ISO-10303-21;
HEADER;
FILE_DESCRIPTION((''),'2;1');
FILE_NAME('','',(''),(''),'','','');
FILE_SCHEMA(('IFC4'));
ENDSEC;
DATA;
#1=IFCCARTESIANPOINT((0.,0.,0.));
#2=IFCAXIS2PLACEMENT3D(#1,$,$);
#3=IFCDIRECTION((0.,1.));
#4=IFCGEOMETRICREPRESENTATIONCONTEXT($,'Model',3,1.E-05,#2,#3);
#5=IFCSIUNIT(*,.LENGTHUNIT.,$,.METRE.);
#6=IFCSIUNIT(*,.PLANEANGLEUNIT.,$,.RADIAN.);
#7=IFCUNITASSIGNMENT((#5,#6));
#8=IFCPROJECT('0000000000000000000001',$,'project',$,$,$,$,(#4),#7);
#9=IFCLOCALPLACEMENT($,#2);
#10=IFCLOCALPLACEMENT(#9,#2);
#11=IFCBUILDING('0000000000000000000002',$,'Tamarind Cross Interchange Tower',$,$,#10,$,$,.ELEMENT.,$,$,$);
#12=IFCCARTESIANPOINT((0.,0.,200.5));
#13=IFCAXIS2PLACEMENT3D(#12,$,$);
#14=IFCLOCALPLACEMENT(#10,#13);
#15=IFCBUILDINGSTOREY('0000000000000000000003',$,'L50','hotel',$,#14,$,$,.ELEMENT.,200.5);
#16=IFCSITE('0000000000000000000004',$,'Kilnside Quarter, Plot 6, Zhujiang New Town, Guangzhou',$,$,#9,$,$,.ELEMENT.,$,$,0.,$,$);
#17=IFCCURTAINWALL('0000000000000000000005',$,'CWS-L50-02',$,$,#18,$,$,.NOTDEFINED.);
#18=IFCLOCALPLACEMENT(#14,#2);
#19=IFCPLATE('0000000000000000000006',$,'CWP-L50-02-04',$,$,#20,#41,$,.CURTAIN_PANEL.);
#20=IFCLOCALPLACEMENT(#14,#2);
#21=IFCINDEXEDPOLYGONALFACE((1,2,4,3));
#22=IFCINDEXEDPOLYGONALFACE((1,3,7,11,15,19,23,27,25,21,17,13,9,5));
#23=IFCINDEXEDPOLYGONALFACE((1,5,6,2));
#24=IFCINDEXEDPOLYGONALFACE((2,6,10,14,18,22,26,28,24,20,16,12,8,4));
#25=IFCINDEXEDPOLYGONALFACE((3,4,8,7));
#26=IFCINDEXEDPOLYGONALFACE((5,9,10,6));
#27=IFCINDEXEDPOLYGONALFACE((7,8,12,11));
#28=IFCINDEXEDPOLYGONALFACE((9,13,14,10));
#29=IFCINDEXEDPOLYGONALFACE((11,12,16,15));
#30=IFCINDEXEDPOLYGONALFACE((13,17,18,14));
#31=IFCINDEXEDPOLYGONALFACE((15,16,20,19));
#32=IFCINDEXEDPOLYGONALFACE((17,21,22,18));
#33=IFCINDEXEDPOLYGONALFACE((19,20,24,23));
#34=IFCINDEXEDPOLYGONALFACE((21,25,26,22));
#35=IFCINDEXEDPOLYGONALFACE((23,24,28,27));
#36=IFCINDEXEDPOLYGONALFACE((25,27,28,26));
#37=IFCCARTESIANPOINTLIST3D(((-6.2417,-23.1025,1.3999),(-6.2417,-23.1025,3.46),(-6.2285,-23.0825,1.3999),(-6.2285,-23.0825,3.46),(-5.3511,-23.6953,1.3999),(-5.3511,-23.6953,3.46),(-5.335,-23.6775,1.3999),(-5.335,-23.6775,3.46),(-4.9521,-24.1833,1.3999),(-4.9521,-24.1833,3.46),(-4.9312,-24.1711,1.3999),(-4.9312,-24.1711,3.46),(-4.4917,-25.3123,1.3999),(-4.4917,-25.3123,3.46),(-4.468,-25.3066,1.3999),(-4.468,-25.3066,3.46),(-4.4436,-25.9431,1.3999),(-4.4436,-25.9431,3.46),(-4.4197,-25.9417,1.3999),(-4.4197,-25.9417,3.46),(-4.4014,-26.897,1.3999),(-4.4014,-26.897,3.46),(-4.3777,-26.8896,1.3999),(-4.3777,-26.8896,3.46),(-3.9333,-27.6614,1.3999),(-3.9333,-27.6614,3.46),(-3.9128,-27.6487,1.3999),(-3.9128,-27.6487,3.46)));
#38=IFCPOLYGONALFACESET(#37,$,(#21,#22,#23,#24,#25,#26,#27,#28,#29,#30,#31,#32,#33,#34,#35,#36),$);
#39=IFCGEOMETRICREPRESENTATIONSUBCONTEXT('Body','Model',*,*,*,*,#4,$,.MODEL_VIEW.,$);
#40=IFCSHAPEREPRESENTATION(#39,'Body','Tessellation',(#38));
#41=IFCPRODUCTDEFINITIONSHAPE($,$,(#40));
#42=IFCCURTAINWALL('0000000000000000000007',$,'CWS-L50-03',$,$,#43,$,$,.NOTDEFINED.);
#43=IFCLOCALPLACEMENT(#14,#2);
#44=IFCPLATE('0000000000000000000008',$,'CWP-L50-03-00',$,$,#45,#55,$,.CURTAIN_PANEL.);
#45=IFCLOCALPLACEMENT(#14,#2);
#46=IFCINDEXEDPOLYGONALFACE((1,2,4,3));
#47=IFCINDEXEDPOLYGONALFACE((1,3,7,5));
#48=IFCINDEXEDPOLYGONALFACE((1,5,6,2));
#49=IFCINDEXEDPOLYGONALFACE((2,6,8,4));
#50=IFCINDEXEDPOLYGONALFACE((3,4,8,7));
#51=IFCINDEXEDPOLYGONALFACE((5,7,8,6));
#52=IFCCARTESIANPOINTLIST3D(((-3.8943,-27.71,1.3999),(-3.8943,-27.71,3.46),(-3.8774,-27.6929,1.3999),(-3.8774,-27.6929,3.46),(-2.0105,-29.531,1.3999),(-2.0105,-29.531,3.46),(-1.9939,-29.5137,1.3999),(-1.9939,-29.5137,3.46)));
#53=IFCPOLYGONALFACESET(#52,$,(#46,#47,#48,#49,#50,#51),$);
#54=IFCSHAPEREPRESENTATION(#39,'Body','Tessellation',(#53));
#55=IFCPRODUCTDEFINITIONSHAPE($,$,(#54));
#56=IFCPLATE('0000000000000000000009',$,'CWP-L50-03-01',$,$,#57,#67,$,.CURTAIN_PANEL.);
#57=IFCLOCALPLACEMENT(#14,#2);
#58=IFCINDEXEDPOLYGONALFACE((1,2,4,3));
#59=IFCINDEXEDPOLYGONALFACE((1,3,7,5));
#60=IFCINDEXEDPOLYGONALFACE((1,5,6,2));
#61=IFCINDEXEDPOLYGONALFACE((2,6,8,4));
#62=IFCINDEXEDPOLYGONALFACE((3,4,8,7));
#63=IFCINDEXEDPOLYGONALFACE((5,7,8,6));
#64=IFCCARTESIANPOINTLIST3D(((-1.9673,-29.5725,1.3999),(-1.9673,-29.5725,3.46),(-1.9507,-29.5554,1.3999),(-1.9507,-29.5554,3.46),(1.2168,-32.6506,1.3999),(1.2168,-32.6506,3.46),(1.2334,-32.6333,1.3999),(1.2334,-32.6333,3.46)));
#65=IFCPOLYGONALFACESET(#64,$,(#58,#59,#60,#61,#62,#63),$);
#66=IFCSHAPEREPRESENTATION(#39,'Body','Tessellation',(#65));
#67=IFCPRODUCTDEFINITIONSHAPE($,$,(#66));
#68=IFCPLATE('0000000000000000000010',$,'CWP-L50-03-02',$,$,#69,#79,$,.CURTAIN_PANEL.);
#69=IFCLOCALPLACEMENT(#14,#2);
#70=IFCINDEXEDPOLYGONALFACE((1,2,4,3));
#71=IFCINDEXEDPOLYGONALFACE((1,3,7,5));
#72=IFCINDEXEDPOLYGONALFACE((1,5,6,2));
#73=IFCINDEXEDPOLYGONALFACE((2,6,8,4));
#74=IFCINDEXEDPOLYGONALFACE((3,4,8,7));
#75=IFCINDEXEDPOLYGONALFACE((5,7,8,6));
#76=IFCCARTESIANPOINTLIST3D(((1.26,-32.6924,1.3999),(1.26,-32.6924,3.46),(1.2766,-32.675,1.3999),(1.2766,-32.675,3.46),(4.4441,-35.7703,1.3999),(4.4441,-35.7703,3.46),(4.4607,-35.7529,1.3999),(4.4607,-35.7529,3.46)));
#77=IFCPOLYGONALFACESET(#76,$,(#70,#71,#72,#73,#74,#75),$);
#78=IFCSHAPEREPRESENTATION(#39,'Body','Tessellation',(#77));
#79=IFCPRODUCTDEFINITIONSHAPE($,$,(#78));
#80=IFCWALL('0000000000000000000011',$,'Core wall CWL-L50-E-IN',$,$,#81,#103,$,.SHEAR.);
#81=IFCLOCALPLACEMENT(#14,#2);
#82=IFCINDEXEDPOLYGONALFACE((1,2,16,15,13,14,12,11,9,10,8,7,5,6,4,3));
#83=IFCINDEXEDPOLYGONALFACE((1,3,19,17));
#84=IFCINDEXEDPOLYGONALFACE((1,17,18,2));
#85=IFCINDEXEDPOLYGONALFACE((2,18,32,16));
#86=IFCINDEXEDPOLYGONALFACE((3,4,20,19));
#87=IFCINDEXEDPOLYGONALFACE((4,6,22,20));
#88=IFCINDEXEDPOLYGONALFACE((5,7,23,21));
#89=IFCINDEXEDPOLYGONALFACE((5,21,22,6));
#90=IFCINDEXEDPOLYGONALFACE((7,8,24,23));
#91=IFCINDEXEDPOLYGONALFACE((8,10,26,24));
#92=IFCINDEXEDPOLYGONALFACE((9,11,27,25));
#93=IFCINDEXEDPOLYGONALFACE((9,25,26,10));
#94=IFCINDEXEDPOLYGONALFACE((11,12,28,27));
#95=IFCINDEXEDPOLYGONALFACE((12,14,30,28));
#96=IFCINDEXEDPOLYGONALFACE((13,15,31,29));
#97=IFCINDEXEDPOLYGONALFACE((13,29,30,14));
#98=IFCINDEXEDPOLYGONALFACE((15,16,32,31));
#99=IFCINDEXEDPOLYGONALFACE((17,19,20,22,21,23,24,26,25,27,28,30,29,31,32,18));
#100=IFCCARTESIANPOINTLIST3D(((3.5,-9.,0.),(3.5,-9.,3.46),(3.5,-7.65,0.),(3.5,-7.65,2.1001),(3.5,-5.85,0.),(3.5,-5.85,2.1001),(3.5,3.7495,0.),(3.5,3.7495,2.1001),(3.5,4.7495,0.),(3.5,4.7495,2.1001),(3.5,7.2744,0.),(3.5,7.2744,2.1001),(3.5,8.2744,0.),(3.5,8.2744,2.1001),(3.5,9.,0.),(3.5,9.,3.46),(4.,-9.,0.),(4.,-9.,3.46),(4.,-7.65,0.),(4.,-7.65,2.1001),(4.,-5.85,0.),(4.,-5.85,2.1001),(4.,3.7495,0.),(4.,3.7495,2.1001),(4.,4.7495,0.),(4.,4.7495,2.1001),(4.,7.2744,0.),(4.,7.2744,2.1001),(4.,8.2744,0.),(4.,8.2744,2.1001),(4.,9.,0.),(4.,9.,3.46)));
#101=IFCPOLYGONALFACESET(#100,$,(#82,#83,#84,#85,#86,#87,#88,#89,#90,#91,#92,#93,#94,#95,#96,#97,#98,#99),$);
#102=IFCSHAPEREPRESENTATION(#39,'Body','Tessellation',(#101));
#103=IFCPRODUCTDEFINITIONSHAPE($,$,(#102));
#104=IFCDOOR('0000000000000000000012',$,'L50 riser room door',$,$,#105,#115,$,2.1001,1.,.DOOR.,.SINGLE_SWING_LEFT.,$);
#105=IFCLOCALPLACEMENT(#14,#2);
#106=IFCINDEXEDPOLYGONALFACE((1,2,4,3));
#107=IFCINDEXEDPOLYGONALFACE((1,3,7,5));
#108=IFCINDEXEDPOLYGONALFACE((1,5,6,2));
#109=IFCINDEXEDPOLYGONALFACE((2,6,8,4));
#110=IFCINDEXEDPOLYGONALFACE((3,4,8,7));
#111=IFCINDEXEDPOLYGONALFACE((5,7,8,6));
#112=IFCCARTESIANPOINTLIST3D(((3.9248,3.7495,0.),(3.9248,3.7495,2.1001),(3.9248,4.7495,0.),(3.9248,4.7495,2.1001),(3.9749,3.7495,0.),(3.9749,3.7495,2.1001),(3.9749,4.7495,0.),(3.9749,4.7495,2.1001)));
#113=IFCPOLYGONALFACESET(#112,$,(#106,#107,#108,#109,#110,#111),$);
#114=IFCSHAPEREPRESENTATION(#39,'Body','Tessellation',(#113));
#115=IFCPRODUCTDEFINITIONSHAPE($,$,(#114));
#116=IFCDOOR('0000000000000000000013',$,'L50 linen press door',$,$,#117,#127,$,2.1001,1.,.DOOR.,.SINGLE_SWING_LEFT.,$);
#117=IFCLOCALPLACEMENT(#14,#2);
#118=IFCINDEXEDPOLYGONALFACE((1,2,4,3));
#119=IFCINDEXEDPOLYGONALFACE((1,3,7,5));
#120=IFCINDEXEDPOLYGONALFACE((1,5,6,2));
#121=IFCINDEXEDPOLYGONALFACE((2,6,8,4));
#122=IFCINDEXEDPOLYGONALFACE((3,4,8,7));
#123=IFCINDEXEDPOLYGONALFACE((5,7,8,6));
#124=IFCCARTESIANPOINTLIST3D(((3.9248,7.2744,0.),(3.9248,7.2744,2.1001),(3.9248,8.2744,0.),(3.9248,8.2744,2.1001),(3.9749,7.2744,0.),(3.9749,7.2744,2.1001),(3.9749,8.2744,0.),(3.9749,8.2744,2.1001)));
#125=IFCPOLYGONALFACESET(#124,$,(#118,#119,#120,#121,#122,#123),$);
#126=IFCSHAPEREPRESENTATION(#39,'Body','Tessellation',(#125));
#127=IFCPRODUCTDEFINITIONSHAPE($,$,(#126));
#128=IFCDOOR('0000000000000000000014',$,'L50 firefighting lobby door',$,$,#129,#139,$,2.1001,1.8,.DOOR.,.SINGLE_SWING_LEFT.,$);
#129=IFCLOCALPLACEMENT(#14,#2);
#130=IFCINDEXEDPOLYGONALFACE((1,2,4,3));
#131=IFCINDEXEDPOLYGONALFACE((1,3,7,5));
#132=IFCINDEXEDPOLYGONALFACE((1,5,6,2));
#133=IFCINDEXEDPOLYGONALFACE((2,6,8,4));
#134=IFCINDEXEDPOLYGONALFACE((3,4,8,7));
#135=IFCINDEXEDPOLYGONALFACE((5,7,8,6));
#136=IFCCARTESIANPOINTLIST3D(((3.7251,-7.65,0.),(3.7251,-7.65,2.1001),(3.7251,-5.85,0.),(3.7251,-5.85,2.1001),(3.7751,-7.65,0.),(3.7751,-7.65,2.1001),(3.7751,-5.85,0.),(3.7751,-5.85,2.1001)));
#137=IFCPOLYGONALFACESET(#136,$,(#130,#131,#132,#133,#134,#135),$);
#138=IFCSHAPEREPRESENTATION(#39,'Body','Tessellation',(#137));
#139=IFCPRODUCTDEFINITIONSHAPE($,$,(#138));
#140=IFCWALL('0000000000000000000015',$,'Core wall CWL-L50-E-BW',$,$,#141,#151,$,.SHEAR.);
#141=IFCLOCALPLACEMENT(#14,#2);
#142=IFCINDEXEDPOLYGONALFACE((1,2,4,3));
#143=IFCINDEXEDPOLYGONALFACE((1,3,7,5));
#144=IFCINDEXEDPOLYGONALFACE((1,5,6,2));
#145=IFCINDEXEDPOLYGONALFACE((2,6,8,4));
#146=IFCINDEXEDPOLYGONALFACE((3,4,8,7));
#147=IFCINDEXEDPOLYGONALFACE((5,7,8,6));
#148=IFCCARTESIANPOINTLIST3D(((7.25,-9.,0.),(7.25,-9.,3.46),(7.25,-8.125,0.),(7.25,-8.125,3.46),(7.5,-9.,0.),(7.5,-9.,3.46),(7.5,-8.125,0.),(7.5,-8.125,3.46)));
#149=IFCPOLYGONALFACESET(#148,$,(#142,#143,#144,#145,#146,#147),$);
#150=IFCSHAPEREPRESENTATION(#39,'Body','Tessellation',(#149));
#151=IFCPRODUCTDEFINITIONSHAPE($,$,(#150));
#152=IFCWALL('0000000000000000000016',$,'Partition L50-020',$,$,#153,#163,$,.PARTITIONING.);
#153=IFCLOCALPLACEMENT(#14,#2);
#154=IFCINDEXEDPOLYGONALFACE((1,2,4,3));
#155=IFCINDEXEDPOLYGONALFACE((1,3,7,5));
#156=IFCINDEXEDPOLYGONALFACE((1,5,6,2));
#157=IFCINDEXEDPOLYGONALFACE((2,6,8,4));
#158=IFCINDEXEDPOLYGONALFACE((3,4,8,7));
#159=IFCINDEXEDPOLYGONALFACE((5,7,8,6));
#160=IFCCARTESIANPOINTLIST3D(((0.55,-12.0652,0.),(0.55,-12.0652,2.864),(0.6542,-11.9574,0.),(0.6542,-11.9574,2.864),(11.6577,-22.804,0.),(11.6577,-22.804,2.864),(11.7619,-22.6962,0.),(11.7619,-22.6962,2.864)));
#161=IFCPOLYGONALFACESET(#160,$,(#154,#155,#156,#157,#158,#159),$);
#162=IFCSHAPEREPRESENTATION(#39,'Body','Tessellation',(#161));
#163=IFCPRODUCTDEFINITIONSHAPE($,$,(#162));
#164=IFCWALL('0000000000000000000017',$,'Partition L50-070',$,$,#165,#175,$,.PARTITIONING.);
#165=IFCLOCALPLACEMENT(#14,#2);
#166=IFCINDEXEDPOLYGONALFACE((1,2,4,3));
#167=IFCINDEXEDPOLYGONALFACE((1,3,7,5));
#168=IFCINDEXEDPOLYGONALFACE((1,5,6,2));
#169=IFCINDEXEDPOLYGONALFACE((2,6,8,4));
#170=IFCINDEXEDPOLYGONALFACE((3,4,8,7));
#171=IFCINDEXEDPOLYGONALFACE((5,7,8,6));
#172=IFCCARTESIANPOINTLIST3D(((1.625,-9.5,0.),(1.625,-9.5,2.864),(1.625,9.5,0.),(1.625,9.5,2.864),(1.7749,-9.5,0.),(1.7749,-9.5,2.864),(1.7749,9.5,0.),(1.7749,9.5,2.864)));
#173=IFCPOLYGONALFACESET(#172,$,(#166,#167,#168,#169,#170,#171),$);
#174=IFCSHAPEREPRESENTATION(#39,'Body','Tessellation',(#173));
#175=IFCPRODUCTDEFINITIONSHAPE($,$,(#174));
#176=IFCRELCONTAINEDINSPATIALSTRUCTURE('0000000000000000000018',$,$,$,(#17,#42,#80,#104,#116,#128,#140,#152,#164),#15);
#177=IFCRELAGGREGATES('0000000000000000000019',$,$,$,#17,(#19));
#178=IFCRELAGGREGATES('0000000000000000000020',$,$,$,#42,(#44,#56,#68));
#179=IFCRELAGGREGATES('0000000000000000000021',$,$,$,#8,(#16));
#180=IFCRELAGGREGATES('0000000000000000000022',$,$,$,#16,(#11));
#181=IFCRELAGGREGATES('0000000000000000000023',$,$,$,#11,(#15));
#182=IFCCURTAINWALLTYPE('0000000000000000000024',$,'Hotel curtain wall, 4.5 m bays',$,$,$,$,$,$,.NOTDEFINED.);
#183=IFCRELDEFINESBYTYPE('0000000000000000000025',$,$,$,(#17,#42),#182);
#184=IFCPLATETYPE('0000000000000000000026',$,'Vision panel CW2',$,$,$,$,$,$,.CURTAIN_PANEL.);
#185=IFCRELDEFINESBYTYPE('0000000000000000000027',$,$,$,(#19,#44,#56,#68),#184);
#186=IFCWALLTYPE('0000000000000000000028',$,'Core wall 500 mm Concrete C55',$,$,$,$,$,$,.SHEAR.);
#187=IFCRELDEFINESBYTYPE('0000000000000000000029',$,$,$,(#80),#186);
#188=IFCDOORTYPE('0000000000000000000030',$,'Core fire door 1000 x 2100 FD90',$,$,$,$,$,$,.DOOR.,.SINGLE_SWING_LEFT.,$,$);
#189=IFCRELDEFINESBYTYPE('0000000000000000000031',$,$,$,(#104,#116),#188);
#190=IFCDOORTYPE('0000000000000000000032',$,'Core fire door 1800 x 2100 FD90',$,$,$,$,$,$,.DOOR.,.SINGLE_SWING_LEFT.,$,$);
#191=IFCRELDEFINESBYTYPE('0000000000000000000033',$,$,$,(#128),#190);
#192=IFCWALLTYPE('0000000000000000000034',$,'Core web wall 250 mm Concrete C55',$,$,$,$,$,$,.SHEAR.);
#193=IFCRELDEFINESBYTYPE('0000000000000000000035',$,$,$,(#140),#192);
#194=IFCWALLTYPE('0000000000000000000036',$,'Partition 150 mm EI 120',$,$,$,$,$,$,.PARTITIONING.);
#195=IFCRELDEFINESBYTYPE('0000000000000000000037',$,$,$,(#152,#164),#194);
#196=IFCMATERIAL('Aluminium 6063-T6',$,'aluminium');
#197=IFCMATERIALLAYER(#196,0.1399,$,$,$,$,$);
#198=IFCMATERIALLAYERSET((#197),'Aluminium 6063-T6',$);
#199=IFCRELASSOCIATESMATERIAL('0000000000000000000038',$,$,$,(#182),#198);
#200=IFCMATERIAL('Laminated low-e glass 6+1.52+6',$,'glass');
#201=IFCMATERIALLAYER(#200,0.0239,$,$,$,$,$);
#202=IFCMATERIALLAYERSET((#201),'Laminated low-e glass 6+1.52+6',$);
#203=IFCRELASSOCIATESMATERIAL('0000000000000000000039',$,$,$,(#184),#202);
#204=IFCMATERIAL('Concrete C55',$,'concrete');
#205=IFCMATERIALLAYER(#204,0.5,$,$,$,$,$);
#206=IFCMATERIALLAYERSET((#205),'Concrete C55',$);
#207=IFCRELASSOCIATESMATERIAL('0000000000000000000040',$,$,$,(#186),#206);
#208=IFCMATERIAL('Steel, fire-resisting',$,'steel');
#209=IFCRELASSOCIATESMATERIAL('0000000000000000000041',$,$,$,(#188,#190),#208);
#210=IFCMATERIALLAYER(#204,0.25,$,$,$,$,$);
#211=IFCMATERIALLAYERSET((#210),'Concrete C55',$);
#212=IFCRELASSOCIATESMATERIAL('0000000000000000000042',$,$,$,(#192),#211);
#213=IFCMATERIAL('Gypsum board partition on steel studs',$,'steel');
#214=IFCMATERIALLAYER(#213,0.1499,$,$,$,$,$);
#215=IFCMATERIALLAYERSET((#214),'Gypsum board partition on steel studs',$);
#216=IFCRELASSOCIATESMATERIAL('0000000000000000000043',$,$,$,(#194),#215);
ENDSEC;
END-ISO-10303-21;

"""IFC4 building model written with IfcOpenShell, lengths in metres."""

from ifc_helpers import new_model, si_unit, direction, frame, frame_2d, origin, place, context, subcontext, project, spatial, polyline, rectangle, outline, extrude, material, layer, layer_set, type_object, element, fill, aggregate, save


model = new_model("IFC4")

# Units and contexts
model_context = context("Model", 3, precision=1e-05, world=origin(), true_north=direction((0.0, 1.0)))
body_context = subcontext(model_context, "Body", "Model", "MODEL_VIEW")
ifc_project = project(units=[si_unit("LENGTHUNIT", "METRE"), si_unit("PLANEANGLEUNIT", "RADIAN")], contexts=[model_context])

# Site, building, storey
site_placement = place(None, origin())
site = spatial("IfcSite", under=ifc_project, at=site_placement, Name="Kilnside Quarter, Plot 6, Zhujiang New Town, Guangzhou", CompositionType="ELEMENT", RefElevation=0.0)
building_placement = place(site_placement, origin())
building = spatial("IfcBuilding", under=site, at=building_placement, Name="Tamarind Cross Interchange Tower", CompositionType="ELEMENT")
storey_placement = place(building_placement, frame((0.0, 0.0, 200.5)))
storey = spatial("IfcBuildingStorey", under=building, at=storey_placement, Name="L50", Description="hotel", CompositionType="ELEMENT", Elevation=200.5)

# Shared definitions
ifc_material_1 = material(Name="Aluminium 6063-T6", Category="aluminium")
ifc_layer_1 = layer(ifc_material_1, 0.1399)
ifc_layer_set_1 = layer_set([ifc_layer_1], Name="Aluminium 6063-T6")
curtain_wall_type = type_object("IfcCurtainWallType", Name="Hotel curtain wall, 4.5 m bays", PredefinedType="NOTDEFINED", material=ifc_layer_set_1)

# Curtain wall
curtain_wall_1_placement = place(storey_placement, origin())
curtain_wall_1 = element("IfcCurtainWall", 1, at=curtain_wall_1_placement, inside=storey, type_object=curtain_wall_type, Name="CWS-L50-02", PredefinedType="NOTDEFINED")

# Plate
ifc_material_2 = material(Name="Laminated low-e glass 6+1.52+6", Category="glass")
ifc_layer_2 = layer(ifc_material_2, 0.0239)
ifc_layer_set_2 = layer_set([ifc_layer_2], Name="Laminated low-e glass 6+1.52+6")
plate_type = type_object("IfcPlateType", Name="Vision panel CW2", PredefinedType="CURTAIN_PANEL", material=ifc_layer_set_2)
plate_1_placement = place(storey_placement, frame((0.0, 0.0, 1.3999)))
plate_1 = element("IfcPlate", 2, at=plate_1_placement, type_object=plate_type, Name="CWP-L50-02-04", PredefinedType="CURTAIN_PANEL", context=body_context, shape_type="SweptSolid", body=[
    extrude(outline(polyline([(-6.2285, -23.0825), (-5.335, -23.6775), (-4.9312, -24.1711), (-4.468, -25.3066), (-4.4197, -25.9417), (-4.3777, -26.8896), (-3.9128, -27.6487), (-3.9333, -27.6614), (-4.4014, -26.897), (-4.4436, -25.9431), (-4.4917, -25.3123), (-4.9521, -24.1833), (-5.3511, -23.6953), (-6.2417, -23.1025), (-6.2285, -23.0825)])), origin(), (0.0, 0.0, 1.0), 2.0601),
])
aggregate(curtain_wall_1, [plate_1])

# Curtain wall, plates
curtain_wall_2_placement = place(storey_placement, origin())
curtain_wall_2 = element("IfcCurtainWall", 3, at=curtain_wall_2_placement, inside=storey, type_object=curtain_wall_type, Name="CWS-L50-03", PredefinedType="NOTDEFINED")
plate_2_placement = place(storey_placement, frame((0.0, 0.0, 1.3999)))
plate_2 = element("IfcPlate", 4, at=plate_2_placement, type_object=plate_type, Name="CWP-L50-03-00", PredefinedType="CURTAIN_PANEL", context=body_context, shape_type="SweptSolid", body=[
    extrude(outline(polyline([(-3.8774, -27.6929), (-1.9939, -29.5137), (-2.0105, -29.531), (-3.8943, -27.71), (-3.8774, -27.6929)])), origin(), (0.0, 0.0, 1.0), 2.0601),
])
plate_3_placement = place(storey_placement, frame((0.0, 0.0, 1.3999)))
plate_3 = element("IfcPlate", 5, at=plate_3_placement, type_object=plate_type, Name="CWP-L50-03-01", PredefinedType="CURTAIN_PANEL", context=body_context, shape_type="SweptSolid", body=[
    extrude(outline(polyline([(-1.9507, -29.5554), (1.2334, -32.6333), (1.2168, -32.6506), (-1.9673, -29.5725), (-1.9507, -29.5554)])), origin(), (0.0, 0.0, 1.0), 2.0601),
])
plate_4_placement = place(storey_placement, frame((0.0, 0.0, 1.3999)))
plate_4 = element("IfcPlate", 6, at=plate_4_placement, type_object=plate_type, Name="CWP-L50-03-02", PredefinedType="CURTAIN_PANEL", context=body_context, shape_type="SweptSolid", body=[
    extrude(outline(polyline([(1.2766, -32.675), (4.4607, -35.7529), (4.4441, -35.7703), (1.26, -32.6924), (1.2766, -32.675)])), origin(), (0.0, 0.0, 1.0), 2.0601),
])
aggregate(curtain_wall_2, [plate_2, plate_3, plate_4])

# Wall, openings, doors
ifc_material_3 = material(Name="Concrete C55", Category="concrete")
ifc_layer_3 = layer(ifc_material_3, 0.5)
ifc_layer_set_3 = layer_set([ifc_layer_3], Name="Concrete C55")
wall_type_1 = type_object("IfcWallType", Name="Core wall 500 mm Concrete C55", PredefinedType="SHEAR", material=ifc_layer_set_3)
wall_1_placement = place(storey_placement, frame((3.75, -9.0, 0.0), z_axis=(0.0, 0.0, 1.0), x_axis=(0.0, 1.0, 0.0)))
wall_1 = element("IfcWall", 7, at=wall_1_placement, inside=storey, type_object=wall_type_1, Name="Core wall CWL-L50-E-IN", PredefinedType="SHEAR", context=body_context, shape_type="SweptSolid", body=[
    extrude(rectangle(XDim=18.0, YDim=0.5, at=frame_2d((9.0, 0.0))), origin(), (0.0, 0.0, 1.0), 3.46),
])
opening_1_placement = place(wall_1_placement, frame((1.3501, 0.0, 0.0)))
opening_1 = element("IfcOpeningElement", 8, at=opening_1_placement, cuts=wall_1, PredefinedType="OPENING", context=body_context, shape_type="SweptSolid", body=[
    extrude(rectangle(XDim=1.8, YDim=2.1001, at=frame_2d((0.8999, 1.05))), frame((0.0, 0.26, 0.0), z_axis=(0.0, -1.0, 0.0), x_axis=(1.0, 0.0, 0.0)), (0.0, 0.0, 1.0), 0.52),
])
opening_2_placement = place(wall_1_placement, frame((12.7495, 0.0, 0.0)))
opening_2 = element("IfcOpeningElement", 9, at=opening_2_placement, cuts=wall_1, PredefinedType="OPENING", context=body_context, shape_type="SweptSolid", body=[
    extrude(rectangle(XDim=1.0, YDim=2.1001, at=frame_2d((0.5, 1.05))), frame((0.0, 0.26, 0.0), z_axis=(0.0, -1.0, 0.0), x_axis=(1.0, 0.0, 0.0)), (0.0, 0.0, 1.0), 0.52),
])
opening_3_placement = place(wall_1_placement, frame((16.2744, 0.0, 0.0)))
opening_3 = element("IfcOpeningElement", 10, at=opening_3_placement, cuts=wall_1, PredefinedType="OPENING", context=body_context, shape_type="SweptSolid", body=[
    extrude(rectangle(XDim=1.0, YDim=2.1001, at=frame_2d((0.5, 1.05))), frame((0.0, 0.26, 0.0), z_axis=(0.0, -1.0, 0.0), x_axis=(1.0, 0.0, 0.0)), (0.0, 0.0, 1.0), 0.52),
])
ifc_material_4 = material(Name="Steel, fire-resisting", Category="steel")
door_type_1 = type_object("IfcDoorType", Name="Core fire door 1000 x 2100 FD90", OperationType="SINGLE_SWING_LEFT", PredefinedType="DOOR", material=ifc_material_4)
door_1_placement = place(opening_2_placement, origin())
door_1 = element("IfcDoor", 11, at=door_1_placement, inside=storey, type_object=door_type_1, Name="L50 riser room door", OperationType="SINGLE_SWING_LEFT", OverallHeight=2.1001, OverallWidth=1.0, PredefinedType="DOOR", context=body_context, shape_type="SweptSolid", body=[
    extrude(rectangle(XDim=1.0, YDim=2.1001, at=frame_2d((0.5, 1.05))), frame((0.0, -0.1748, 0.0), z_axis=(0.0, -1.0, 0.0), x_axis=(1.0, 0.0, 0.0)), (0.0, 0.0, 1.0), 0.05),
])
fill(opening_2, door_1)
door_2_placement = place(opening_3_placement, origin())
door_2 = element("IfcDoor", 12, at=door_2_placement, inside=storey, type_object=door_type_1, Name="L50 linen press door", OperationType="SINGLE_SWING_LEFT", OverallHeight=2.1001, OverallWidth=1.0, PredefinedType="DOOR", context=body_context, shape_type="SweptSolid", body=[
    extrude(rectangle(XDim=1.0, YDim=2.1001, at=frame_2d((0.5, 1.05))), frame((0.0, -0.1748, 0.0), z_axis=(0.0, -1.0, 0.0), x_axis=(1.0, 0.0, 0.0)), (0.0, 0.0, 1.0), 0.05),
])
fill(opening_3, door_2)
door_type_2 = type_object("IfcDoorType", Name="Core fire door 1800 x 2100 FD90", OperationType="SINGLE_SWING_LEFT", PredefinedType="DOOR", material=ifc_material_4)
door_3_placement = place(opening_1_placement, origin())
door_3 = element("IfcDoor", 13, at=door_3_placement, inside=storey, type_object=door_type_2, Name="L50 firefighting lobby door", OperationType="SINGLE_SWING_LEFT", OverallHeight=2.1001, OverallWidth=1.8, PredefinedType="DOOR", context=body_context, shape_type="SweptSolid", body=[
    extrude(rectangle(XDim=1.8, YDim=2.1001, at=frame_2d((0.8999, 1.05))), frame((0.0, 0.0249, 0.0), z_axis=(0.0, -1.0, 0.0), x_axis=(1.0, 0.0, 0.0)), (0.0, 0.0, 1.0), 0.05),
])
fill(opening_1, door_3)

# Walls
ifc_layer_4 = layer(ifc_material_3, 0.25)
ifc_layer_set_4 = layer_set([ifc_layer_4], Name="Concrete C55")
wall_type_2 = type_object("IfcWallType", Name="Core web wall 250 mm Concrete C55", PredefinedType="SHEAR", material=ifc_layer_set_4)
wall_2_placement = place(storey_placement, frame((7.375, -9.0, 0.0), z_axis=(0.0, 0.0, 1.0), x_axis=(0.0, 1.0, 0.0)))
element("IfcWall", 14, at=wall_2_placement, inside=storey, type_object=wall_type_2, Name="Core wall CWL-L50-E-BW", PredefinedType="SHEAR", context=body_context, shape_type="SweptSolid", body=[
    extrude(rectangle(XDim=0.875, YDim=0.25, at=frame_2d((0.4375, 0.0))), origin(), (0.0, 0.0, 1.0), 3.46),
])
ifc_material_5 = material(Name="Gypsum board partition on steel studs", Category="steel")
ifc_layer_5 = layer(ifc_material_5, 0.1499)
ifc_layer_set_5 = layer_set([ifc_layer_5], Name="Gypsum board partition on steel studs")
wall_type_3 = type_object("IfcWallType", Name="Partition 150 mm EI 120", PredefinedType="PARTITIONING", material=ifc_layer_set_5)
wall_3_placement = place(storey_placement, frame((0.6021, -12.0112, 0.0), z_axis=(0.0, 0.0, 1.0), x_axis=(0.718944, -0.695068, 0.0)))
element("IfcWall", 15, at=wall_3_placement, inside=storey, type_object=wall_type_3, Name="Partition L50-020", PredefinedType="PARTITIONING", context=body_context, shape_type="SweptSolid", body=[
    extrude(rectangle(XDim=15.45, YDim=0.1499, at=frame_2d((7.7251, 0.0))), origin(), (0.0, 0.0, 1.0), 2.864),
])
wall_4_placement = place(storey_placement, frame((1.7, -9.5, 0.0), z_axis=(0.0, 0.0, 1.0), x_axis=(0.0, 1.0, 0.0)))
element("IfcWall", 16, at=wall_4_placement, inside=storey, type_object=wall_type_3, Name="Partition L50-070", PredefinedType="PARTITIONING", context=body_context, shape_type="SweptSolid", body=[
    extrude(rectangle(XDim=19.0, YDim=0.1499, at=frame_2d((9.5, 0.0))), origin(), (0.0, 0.0, 1.0), 2.864),
])

save(model, "model.ifc")
